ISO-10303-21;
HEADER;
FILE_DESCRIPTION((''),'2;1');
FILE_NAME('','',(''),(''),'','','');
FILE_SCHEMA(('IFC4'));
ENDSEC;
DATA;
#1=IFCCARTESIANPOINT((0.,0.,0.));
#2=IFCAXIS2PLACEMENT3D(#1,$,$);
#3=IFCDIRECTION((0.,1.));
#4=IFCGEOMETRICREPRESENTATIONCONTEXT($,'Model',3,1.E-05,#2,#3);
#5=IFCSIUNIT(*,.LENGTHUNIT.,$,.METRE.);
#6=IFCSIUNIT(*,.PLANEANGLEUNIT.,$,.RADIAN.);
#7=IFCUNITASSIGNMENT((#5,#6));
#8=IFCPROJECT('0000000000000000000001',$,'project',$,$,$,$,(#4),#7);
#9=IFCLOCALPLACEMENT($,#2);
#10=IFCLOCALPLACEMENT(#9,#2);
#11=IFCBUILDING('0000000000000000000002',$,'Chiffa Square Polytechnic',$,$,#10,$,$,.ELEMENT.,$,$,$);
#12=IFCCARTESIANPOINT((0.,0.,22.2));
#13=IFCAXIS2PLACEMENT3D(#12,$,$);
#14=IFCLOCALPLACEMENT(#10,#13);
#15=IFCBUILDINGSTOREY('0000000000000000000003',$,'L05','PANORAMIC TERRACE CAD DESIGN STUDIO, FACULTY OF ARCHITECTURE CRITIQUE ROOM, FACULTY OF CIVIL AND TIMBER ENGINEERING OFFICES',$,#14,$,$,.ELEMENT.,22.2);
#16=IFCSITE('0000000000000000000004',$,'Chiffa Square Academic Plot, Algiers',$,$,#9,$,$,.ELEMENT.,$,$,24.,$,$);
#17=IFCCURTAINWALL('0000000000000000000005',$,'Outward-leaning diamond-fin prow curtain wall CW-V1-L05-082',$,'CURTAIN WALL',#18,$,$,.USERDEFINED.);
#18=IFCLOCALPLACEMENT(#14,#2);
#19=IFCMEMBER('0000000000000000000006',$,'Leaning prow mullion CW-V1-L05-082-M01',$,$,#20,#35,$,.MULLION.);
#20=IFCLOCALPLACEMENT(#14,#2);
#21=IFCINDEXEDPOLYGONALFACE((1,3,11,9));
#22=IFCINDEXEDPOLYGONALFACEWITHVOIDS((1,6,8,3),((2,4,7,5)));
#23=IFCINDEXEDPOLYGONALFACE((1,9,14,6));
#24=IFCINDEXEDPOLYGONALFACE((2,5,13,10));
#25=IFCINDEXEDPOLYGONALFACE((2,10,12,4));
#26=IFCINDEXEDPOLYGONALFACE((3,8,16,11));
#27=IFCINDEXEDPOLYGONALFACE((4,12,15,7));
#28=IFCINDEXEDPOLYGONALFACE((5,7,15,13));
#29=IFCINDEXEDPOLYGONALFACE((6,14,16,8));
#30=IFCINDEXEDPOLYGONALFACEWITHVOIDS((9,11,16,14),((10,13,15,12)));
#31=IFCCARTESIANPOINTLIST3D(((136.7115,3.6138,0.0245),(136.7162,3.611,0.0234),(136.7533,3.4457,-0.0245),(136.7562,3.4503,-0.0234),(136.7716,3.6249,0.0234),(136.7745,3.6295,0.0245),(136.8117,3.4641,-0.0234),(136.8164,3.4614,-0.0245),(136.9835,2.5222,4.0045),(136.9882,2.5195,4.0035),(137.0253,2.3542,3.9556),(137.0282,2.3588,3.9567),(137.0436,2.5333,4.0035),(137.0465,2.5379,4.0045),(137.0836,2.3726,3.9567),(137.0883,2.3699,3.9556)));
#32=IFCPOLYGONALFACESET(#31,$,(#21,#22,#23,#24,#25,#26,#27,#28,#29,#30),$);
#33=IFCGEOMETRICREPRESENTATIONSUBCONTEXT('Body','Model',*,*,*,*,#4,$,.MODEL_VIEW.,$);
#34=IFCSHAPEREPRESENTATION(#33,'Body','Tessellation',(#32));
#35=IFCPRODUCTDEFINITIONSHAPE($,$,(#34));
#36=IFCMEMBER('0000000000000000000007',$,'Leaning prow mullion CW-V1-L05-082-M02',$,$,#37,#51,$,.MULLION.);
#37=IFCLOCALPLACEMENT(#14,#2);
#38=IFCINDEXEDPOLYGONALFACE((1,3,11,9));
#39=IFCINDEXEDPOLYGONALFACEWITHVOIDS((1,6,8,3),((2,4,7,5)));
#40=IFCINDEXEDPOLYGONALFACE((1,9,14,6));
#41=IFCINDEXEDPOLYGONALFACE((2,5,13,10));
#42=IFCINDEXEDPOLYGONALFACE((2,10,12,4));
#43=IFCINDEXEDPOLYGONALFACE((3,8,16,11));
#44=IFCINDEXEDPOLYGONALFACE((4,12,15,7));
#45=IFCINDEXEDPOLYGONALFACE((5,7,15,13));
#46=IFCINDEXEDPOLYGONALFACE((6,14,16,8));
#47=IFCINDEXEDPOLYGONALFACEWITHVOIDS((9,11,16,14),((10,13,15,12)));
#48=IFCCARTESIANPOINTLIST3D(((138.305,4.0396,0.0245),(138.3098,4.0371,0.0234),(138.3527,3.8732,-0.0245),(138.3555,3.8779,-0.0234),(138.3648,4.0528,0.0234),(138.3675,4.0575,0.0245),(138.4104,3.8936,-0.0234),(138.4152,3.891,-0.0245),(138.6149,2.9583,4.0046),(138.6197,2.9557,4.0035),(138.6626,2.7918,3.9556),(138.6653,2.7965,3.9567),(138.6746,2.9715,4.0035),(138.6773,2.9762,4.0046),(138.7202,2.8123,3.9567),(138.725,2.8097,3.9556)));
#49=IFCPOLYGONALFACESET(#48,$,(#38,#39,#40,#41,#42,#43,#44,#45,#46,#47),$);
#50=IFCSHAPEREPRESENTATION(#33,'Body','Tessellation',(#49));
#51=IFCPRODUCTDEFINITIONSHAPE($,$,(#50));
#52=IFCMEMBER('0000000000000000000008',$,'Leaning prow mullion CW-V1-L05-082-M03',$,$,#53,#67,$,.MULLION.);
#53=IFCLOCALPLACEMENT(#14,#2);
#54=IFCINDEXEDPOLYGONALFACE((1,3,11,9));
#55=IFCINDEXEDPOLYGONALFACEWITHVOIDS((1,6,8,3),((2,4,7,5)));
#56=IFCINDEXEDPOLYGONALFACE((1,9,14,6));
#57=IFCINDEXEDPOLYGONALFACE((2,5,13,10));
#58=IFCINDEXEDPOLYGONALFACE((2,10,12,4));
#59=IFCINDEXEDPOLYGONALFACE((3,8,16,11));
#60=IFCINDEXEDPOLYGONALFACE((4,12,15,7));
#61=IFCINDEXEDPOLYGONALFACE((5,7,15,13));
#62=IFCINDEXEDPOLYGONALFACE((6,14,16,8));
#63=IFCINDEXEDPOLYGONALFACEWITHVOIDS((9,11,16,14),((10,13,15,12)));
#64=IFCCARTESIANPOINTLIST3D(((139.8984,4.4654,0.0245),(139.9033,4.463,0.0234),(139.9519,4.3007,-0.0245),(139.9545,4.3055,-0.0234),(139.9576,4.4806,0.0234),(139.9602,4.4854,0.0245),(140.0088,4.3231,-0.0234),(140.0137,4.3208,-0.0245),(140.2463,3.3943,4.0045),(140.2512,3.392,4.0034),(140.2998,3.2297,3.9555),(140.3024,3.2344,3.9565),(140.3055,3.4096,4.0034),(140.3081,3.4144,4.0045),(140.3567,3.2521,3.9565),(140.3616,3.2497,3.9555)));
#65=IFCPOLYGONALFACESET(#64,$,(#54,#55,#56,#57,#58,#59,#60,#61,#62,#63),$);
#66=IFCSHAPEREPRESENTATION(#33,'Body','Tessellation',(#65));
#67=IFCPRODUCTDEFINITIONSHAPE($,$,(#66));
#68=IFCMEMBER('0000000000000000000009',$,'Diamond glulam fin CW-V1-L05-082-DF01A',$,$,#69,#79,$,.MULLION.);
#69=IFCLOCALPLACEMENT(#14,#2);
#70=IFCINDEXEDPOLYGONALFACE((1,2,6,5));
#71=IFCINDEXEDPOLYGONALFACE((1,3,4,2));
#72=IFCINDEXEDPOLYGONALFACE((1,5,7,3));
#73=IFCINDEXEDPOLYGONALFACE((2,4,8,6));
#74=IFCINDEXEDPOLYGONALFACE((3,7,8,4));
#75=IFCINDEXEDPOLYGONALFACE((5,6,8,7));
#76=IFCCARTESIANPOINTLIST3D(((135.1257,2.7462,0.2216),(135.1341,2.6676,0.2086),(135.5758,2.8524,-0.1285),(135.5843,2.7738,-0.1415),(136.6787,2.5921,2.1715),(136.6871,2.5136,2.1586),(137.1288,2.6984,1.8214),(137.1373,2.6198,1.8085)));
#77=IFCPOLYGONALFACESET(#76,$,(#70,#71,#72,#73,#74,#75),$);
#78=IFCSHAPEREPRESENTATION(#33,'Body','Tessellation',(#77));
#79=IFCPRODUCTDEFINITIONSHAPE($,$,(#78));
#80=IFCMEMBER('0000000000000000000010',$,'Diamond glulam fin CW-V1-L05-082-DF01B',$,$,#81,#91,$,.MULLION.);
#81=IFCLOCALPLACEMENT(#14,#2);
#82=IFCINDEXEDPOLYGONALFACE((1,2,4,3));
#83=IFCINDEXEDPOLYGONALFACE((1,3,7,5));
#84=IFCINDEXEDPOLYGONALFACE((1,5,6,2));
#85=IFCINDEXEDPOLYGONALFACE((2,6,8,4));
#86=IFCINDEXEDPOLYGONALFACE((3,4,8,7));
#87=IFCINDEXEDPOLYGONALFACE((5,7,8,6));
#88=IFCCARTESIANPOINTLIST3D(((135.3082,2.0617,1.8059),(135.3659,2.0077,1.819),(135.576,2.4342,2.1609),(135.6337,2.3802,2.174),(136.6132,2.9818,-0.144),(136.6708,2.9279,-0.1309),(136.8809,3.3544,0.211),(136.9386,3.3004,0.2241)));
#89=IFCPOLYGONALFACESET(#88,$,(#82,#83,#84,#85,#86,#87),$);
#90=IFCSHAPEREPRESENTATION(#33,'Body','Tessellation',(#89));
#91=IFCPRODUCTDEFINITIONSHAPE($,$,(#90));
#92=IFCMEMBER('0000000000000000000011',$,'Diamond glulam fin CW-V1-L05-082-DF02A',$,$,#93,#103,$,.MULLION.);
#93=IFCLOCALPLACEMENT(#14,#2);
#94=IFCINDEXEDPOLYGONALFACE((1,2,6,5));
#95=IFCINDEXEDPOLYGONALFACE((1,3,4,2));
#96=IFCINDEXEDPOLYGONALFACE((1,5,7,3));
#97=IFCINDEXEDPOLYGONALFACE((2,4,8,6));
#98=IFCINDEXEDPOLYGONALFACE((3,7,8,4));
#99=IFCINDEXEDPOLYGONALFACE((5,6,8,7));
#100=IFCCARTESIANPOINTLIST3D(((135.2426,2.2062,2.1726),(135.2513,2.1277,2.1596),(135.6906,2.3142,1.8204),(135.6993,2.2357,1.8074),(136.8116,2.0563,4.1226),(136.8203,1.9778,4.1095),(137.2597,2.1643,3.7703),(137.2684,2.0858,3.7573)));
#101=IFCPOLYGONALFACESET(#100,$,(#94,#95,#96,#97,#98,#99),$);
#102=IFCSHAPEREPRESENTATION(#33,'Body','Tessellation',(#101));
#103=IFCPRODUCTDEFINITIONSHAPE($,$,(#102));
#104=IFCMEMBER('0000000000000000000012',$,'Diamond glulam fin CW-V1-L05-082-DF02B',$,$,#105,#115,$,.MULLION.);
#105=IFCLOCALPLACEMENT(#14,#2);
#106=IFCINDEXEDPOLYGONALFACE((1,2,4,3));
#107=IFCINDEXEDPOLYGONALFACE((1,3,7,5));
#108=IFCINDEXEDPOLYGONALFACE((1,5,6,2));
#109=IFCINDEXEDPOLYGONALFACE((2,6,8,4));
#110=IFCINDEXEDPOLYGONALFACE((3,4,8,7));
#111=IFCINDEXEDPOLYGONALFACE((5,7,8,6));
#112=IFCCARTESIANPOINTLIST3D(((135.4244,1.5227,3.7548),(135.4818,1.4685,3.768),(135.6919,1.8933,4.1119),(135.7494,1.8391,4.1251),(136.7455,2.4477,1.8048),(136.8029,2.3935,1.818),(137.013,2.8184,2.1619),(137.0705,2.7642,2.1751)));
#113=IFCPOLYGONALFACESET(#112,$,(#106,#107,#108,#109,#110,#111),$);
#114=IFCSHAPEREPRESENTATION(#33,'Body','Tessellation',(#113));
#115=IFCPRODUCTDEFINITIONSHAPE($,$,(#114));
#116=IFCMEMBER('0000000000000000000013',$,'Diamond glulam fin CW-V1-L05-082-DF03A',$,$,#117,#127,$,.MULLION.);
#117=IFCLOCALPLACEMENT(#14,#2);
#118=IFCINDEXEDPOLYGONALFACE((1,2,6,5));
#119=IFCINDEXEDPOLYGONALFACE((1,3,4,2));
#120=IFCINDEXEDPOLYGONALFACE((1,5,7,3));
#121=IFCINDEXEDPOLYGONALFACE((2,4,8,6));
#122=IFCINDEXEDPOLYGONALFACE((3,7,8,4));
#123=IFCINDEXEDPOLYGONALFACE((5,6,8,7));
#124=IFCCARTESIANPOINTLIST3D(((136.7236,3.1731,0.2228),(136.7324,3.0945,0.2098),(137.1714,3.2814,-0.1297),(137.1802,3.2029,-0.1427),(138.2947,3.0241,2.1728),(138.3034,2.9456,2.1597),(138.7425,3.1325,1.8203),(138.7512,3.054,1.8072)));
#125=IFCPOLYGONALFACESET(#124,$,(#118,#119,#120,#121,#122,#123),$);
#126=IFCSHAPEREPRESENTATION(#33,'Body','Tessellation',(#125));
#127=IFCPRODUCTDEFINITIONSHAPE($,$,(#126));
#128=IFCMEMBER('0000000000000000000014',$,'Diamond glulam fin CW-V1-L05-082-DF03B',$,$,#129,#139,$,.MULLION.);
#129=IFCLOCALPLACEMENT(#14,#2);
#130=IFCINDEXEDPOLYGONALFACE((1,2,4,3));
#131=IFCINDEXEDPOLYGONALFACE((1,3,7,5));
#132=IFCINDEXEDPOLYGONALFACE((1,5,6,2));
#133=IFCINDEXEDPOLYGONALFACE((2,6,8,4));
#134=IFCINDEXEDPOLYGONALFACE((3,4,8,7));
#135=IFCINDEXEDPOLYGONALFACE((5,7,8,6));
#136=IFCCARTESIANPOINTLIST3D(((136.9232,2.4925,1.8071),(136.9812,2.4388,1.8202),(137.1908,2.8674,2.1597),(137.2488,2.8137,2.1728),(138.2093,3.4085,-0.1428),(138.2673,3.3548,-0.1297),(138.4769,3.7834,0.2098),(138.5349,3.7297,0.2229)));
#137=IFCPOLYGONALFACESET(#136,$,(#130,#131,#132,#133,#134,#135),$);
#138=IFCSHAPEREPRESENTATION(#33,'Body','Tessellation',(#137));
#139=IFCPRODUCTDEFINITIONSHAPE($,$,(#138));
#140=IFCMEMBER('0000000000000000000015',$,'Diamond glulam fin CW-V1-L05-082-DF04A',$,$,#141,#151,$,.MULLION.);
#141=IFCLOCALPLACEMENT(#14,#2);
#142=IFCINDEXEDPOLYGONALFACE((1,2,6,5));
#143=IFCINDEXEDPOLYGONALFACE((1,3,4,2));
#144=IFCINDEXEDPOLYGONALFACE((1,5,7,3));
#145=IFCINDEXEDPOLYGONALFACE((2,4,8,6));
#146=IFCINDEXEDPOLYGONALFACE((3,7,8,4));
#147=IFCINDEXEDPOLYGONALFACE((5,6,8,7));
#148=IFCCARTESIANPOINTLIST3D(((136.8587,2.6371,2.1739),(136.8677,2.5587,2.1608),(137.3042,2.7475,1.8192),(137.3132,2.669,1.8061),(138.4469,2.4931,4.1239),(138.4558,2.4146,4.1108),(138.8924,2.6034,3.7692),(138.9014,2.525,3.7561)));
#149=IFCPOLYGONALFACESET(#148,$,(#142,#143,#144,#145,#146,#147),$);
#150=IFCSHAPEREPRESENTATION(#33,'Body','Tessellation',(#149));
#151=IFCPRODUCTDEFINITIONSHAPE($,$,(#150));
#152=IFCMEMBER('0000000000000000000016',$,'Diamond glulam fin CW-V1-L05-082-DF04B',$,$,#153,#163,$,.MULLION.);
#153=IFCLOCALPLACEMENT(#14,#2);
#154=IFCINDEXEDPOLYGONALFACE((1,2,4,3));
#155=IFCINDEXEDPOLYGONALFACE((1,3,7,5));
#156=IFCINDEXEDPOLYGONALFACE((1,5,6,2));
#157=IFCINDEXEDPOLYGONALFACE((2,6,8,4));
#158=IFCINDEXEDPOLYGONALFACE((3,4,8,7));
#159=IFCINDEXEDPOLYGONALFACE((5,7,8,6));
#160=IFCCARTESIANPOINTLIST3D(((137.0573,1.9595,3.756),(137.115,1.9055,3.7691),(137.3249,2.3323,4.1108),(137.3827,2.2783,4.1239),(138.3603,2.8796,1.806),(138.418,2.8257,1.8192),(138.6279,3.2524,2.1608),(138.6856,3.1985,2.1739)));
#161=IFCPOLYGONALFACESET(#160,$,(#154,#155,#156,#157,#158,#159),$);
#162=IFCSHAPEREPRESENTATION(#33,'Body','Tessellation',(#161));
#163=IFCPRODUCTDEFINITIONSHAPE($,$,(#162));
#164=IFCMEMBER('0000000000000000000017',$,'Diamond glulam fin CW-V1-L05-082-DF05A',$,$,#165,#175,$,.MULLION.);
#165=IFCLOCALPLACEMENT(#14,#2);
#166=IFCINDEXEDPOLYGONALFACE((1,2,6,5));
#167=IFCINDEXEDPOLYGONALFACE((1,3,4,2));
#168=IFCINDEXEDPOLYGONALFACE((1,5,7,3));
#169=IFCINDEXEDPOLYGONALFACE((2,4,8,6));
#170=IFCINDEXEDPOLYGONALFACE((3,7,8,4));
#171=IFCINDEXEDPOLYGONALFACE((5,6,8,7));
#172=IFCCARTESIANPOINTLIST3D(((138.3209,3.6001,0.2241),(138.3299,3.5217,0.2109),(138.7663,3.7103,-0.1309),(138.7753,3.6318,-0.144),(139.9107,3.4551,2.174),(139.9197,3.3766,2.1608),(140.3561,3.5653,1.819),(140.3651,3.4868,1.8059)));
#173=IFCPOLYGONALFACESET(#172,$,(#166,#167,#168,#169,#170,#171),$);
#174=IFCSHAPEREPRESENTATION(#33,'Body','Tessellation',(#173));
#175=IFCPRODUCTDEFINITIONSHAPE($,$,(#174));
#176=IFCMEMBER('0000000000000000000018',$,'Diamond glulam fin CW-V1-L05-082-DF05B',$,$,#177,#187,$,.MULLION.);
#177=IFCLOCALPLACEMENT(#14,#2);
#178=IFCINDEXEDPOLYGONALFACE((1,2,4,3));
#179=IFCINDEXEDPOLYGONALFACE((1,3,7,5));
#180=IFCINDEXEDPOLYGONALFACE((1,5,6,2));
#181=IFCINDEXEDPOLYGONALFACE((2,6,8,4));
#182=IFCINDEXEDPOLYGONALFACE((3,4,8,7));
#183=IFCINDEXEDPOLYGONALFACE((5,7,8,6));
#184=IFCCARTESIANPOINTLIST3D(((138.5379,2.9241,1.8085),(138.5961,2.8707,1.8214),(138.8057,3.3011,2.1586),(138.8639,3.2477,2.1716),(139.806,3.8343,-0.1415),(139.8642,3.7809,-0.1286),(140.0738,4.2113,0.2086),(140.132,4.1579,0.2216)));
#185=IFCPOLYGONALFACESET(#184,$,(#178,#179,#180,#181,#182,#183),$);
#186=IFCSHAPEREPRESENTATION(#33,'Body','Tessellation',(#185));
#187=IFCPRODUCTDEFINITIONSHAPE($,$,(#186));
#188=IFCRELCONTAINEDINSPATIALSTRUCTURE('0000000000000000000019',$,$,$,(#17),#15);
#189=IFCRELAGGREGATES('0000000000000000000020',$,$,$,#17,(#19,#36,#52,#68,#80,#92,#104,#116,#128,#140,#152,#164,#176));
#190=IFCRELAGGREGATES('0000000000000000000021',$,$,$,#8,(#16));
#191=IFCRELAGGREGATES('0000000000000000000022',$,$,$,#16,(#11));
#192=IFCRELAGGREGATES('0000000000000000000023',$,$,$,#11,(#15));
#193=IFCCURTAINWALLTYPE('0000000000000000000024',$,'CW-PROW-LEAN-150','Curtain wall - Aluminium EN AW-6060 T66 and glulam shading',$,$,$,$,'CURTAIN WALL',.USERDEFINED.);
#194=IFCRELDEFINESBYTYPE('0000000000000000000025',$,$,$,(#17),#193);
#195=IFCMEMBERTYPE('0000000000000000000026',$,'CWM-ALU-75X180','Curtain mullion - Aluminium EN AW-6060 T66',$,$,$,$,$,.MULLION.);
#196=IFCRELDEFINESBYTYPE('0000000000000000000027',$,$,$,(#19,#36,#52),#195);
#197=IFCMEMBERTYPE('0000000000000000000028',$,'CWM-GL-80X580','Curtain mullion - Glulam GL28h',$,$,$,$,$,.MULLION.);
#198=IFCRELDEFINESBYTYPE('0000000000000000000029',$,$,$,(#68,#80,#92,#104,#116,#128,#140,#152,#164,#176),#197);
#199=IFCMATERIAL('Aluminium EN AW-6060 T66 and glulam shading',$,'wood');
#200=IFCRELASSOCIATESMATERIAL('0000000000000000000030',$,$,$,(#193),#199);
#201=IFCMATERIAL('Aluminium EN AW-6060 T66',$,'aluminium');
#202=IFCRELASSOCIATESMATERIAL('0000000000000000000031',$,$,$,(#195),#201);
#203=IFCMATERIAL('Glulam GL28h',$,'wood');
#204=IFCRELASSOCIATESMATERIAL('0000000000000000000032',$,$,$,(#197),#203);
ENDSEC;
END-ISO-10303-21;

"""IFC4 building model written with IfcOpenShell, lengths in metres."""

from ifc_helpers import new_model, si_unit, direction, frame, origin, origin_2d, place, context, subcontext, project, spatial, rectangle, hollow_rectangle, extrude, material, material_profile, profile_set, type_object, element, aggregate, save


model = new_model("IFC4")

# Units and contexts
model_context = context("Model", 3, precision=1e-05, world=origin(), true_north=direction((0.0, 1.0)))
body_context = subcontext(model_context, "Body", "Model", "MODEL_VIEW")
ifc_project = project(units=[si_unit("LENGTHUNIT", "METRE"), si_unit("PLANEANGLEUNIT", "RADIAN")], contexts=[model_context])

# Site, building, storey
site_placement = place(None, origin())
site = spatial("IfcSite", under=ifc_project, at=site_placement, Name="Chiffa Square Academic Plot, Algiers", CompositionType="ELEMENT", RefElevation=24.0)
building_placement = place(site_placement, origin())
building = spatial("IfcBuilding", under=site, at=building_placement, Name="Chiffa Square Polytechnic", CompositionType="ELEMENT")
storey_placement = place(building_placement, frame((0.0, 0.0, 22.2)))
storey = spatial("IfcBuildingStorey", under=building, at=storey_placement, Name="L05", Description="PANORAMIC TERRACE CAD DESIGN STUDIO, FACULTY OF ARCHITECTURE CRITIQUE ROOM, FACULTY OF CIVIL AND TIMBER ENGINEERING OFFICES", CompositionType="ELEMENT", Elevation=22.2)

# Curtain wall, members
ifc_material_1 = material(Name="Aluminium EN AW-6060 T66 and glulam shading", Category="wood")
curtain_wall_type = type_object("IfcCurtainWallType", Name="CW-PROW-LEAN-150", Description="Curtain wall - Aluminium EN AW-6060 T66 and glulam shading", ElementType="CURTAIN WALL", PredefinedType="USERDEFINED", material=ifc_material_1)
curtain_wall_placement = place(storey_placement, origin())
curtain_wall = element("IfcCurtainWall", 1, at=curtain_wall_placement, inside=storey, type_object=curtain_wall_type, Name="Outward-leaning diamond-fin prow curtain wall CW-V1-L05-082", ObjectType="CURTAIN WALL", PredefinedType="USERDEFINED")
ifc_material_2 = material(Name="Aluminium EN AW-6060 T66", Category="aluminium")
ifc_material_profile_1 = material_profile(ifc_material_2, hollow_rectangle(XDim=0.0649, YDim=0.1799, WallThickness=0.0039, at=origin_2d()), Name="ALU 65x180x4")
ifc_profile_set_1 = profile_set([ifc_material_profile_1], Name="Aluminium EN AW-6060 T66")
member_type_1 = type_object("IfcMemberType", Name="CWM-ALU-75X180", Description="Curtain mullion - Aluminium EN AW-6060 T66", PredefinedType="MULLION", material=ifc_profile_set_1)
member_1_placement = place(storey_placement, frame((136.7639, 3.5376, 0.0), z_axis=(0.065759, -0.263921, 0.9623), x_axis=(0.970334, 0.24177, 0.0)))
member_1 = element("IfcMember", 2, at=member_1_placement, type_object=member_type_1, Name="Leaning prow mullion CW-V1-L05-082-M01", PredefinedType="MULLION", context=body_context, shape_type="SweptSolid", body=[
    extrude(hollow_rectangle(XDim=0.0649, YDim=0.1799, WallThickness=0.0039, at=origin_2d()), origin(), (0.0, 0.0, 1.0), 4.136),
])
member_2_placement = place(storey_placement, frame((138.3601, 3.9653, 0.0), z_axis=(0.074909, -0.261444, 0.962307), x_axis=(0.961319, 0.275438, 0.0)))
member_2 = element("IfcMember", 3, at=member_2_placement, type_object=member_type_1, Name="Leaning prow mullion CW-V1-L05-082-M02", PredefinedType="MULLION", context=body_context, shape_type="SweptSolid", body=[
    extrude(hollow_rectangle(XDim=0.0649, YDim=0.1799, WallThickness=0.0039, at=origin_2d()), origin(), (0.0, 0.0, 1.0), 4.136),
])
member_3_placement = place(storey_placement, frame((139.9561, 4.3931, 0.0), z_axis=(0.08411, -0.258942, 0.962224), x_axis=(0.951083, 0.308934, 0.0)))
member_3 = element("IfcMember", 4, at=member_3_placement, type_object=member_type_1, Name="Leaning prow mullion CW-V1-L05-082-M03", PredefinedType="MULLION", context=body_context, shape_type="SweptSolid", body=[
    extrude(hollow_rectangle(XDim=0.0649, YDim=0.1799, WallThickness=0.0039, at=origin_2d()), origin(), (0.0, 0.0, 1.0), 4.1362),
])
ifc_material_3 = material(Name="Glulam GL28h", Category="wood")
ifc_material_profile_2 = material_profile(ifc_material_3, rectangle(XDim=0.0801, YDim=0.5801, at=origin_2d()), Name="GL28h 80x580")
ifc_profile_set_2 = profile_set([ifc_material_profile_2], Name="Glulam GL28h")
member_type_2 = type_object("IfcMemberType", Name="CWM-GL-80X580", Description="Curtain mullion - Glulam GL28h", PredefinedType="MULLION", material=ifc_profile_set_2)
member_4_placement = place(storey_placement, frame((135.355, 2.76, 0.04), z_axis=(0.621799, -0.061681, 0.780744), x_axis=(-0.105734, 0.981155, 0.161723)))
member_4 = element("IfcMember", 5, at=member_4_placement, type_object=member_type_2, Name="Diamond glulam fin CW-V1-L05-082-DF01A", PredefinedType="MULLION", context=body_context, shape_type="SweptSolid", body=[
    extrude(rectangle(XDim=0.0801, YDim=0.5801, at=origin_2d()), origin(), (0.0, 0.0, 1.0), 2.4976),
])
member_5_placement = place(storey_placement, frame((136.7759, 3.1411, 0.04), z_axis=(-0.51777, -0.365103, 0.773701), x_axis=(0.720298, -0.674005, 0.163975)))
member_5 = element("IfcMember", 6, at=member_5_placement, type_object=member_type_2, Name="Diamond glulam fin CW-V1-L05-082-DF01B", PredefinedType="MULLION", context=body_context, shape_type="SweptSolid", body=[
    extrude(rectangle(XDim=0.0801, YDim=0.5801, at=origin_2d()), origin(), (0.0, 0.0, 1.0), 2.5203),
])
member_6_placement = place(storey_placement, frame((135.4709, 2.2209, 1.99), z_axis=(0.625796, -0.059785, 0.777692), x_axis=(-0.108508, 0.98069, 0.162705)))
member_6 = element("IfcMember", 7, at=member_6_placement, type_object=member_type_2, Name="Diamond glulam fin CW-V1-L05-082-DF02A", PredefinedType="MULLION", context=body_context, shape_type="SweptSolid", body=[
    extrude(rectangle(XDim=0.0801, YDim=0.5801, at=origin_2d()), origin(), (0.0, 0.0, 1.0), 2.5073),
])
member_7_placement = place(storey_placement, frame((136.908, 2.606, 1.99), z_axis=(-0.522059, -0.365567, 0.770594), x_axis=(0.717422, -0.676828, 0.164952)))
member_7 = element("IfcMember", 8, at=member_7_placement, type_object=member_type_2, Name="Diamond glulam fin CW-V1-L05-082-DF02B", PredefinedType="MULLION", context=body_context, shape_type="SweptSolid", body=[
    extrude(rectangle(XDim=0.0801, YDim=0.5801, at=origin_2d()), origin(), (0.0, 0.0, 1.0), 2.5305),
])
member_8_placement = place(storey_placement, frame((136.9519, 3.188, 0.04), z_axis=(0.626284, -0.059368, 0.777331), x_axis=(-0.109135, 0.980601, 0.162821)))
member_8 = element("IfcMember", 9, at=member_8_placement, type_object=member_type_2, Name="Diamond glulam fin CW-V1-L05-082-DF03A", PredefinedType="MULLION", context=body_context, shape_type="SweptSolid", body=[
    extrude(rectangle(XDim=0.0801, YDim=0.5801, at=origin_2d()), origin(), (0.0, 0.0, 1.0), 2.5085),
])
member_9_placement = place(storey_placement, frame((138.3721, 3.5691, 0.04), z_axis=(-0.512589, -0.365079, 0.777155), x_axis=(0.724195, -0.670084, 0.162877)))
member_9 = element("IfcMember", 10, at=member_9_placement, type_object=member_type_2, Name="Diamond glulam fin CW-V1-L05-082-DF03B", PredefinedType="MULLION", context=body_context, shape_type="SweptSolid", body=[
    extrude(rectangle(XDim=0.0801, YDim=0.5801, at=origin_2d()), origin(), (0.0, 0.0, 1.0), 2.509),
])
member_10_placement = place(storey_placement, frame((137.0859, 2.6531, 1.99), z_axis=(0.630469, -0.057183, 0.774105), x_axis=(-0.112283, 0.980075, 0.163847)))
member_10 = element("IfcMember", 11, at=member_10_placement, type_object=member_type_2, Name="Diamond glulam fin CW-V1-L05-082-DF04A", PredefinedType="MULLION", context=body_context, shape_type="SweptSolid", body=[
    extrude(rectangle(XDim=0.0801, YDim=0.5801, at=origin_2d()), origin(), (0.0, 0.0, 1.0), 2.519),
])
member_11_placement = place(storey_placement, frame((138.5229, 3.0391, 1.99), z_axis=(-0.517203, -0.36525, 0.774012), x_axis=(0.720839, -0.67345, 0.163877)))
member_11 = element("IfcMember", 12, at=member_11_placement, type_object=member_type_2, Name="Diamond glulam fin CW-V1-L05-082-DF04B", PredefinedType="MULLION", context=body_context, shape_type="SweptSolid", body=[
    extrude(rectangle(XDim=0.0801, YDim=0.5801, at=origin_2d()), origin(), (0.0, 0.0, 1.0), 2.5193),
])
member_12_placement = place(storey_placement, frame((138.5481, 3.616, 0.04), z_axis=(0.630863, -0.057545, 0.773757), x_axis=(-0.111691, 0.980124, 0.163957)))
member_12 = element("IfcMember", 13, at=member_12_placement, type_object=member_type_2, Name="Diamond glulam fin CW-V1-L05-082-DF05A", PredefinedType="MULLION", context=body_context, shape_type="SweptSolid", body=[
    extrude(rectangle(XDim=0.0801, YDim=0.5801, at=origin_2d()), origin(), (0.0, 0.0, 1.0), 2.52),
])
member_13_placement = place(storey_placement, frame((139.969, 3.9961, 0.04), z_axis=(-0.507686, -0.364392, 0.780687), x_axis=(0.727383, -0.666898, 0.161742)))
member_13 = element("IfcMember", 14, at=member_13_placement, type_object=member_type_2, Name="Diamond glulam fin CW-V1-L05-082-DF05B", PredefinedType="MULLION", context=body_context, shape_type="SweptSolid", body=[
    extrude(rectangle(XDim=0.0801, YDim=0.5801, at=origin_2d()), origin(), (0.0, 0.0, 1.0), 2.4978),
])
aggregate(curtain_wall, [member_1, member_2, member_3, member_4, member_5, member_6, member_7, member_8, member_9, member_10, member_11, member_12, member_13])

save(model, "model.ifc")
